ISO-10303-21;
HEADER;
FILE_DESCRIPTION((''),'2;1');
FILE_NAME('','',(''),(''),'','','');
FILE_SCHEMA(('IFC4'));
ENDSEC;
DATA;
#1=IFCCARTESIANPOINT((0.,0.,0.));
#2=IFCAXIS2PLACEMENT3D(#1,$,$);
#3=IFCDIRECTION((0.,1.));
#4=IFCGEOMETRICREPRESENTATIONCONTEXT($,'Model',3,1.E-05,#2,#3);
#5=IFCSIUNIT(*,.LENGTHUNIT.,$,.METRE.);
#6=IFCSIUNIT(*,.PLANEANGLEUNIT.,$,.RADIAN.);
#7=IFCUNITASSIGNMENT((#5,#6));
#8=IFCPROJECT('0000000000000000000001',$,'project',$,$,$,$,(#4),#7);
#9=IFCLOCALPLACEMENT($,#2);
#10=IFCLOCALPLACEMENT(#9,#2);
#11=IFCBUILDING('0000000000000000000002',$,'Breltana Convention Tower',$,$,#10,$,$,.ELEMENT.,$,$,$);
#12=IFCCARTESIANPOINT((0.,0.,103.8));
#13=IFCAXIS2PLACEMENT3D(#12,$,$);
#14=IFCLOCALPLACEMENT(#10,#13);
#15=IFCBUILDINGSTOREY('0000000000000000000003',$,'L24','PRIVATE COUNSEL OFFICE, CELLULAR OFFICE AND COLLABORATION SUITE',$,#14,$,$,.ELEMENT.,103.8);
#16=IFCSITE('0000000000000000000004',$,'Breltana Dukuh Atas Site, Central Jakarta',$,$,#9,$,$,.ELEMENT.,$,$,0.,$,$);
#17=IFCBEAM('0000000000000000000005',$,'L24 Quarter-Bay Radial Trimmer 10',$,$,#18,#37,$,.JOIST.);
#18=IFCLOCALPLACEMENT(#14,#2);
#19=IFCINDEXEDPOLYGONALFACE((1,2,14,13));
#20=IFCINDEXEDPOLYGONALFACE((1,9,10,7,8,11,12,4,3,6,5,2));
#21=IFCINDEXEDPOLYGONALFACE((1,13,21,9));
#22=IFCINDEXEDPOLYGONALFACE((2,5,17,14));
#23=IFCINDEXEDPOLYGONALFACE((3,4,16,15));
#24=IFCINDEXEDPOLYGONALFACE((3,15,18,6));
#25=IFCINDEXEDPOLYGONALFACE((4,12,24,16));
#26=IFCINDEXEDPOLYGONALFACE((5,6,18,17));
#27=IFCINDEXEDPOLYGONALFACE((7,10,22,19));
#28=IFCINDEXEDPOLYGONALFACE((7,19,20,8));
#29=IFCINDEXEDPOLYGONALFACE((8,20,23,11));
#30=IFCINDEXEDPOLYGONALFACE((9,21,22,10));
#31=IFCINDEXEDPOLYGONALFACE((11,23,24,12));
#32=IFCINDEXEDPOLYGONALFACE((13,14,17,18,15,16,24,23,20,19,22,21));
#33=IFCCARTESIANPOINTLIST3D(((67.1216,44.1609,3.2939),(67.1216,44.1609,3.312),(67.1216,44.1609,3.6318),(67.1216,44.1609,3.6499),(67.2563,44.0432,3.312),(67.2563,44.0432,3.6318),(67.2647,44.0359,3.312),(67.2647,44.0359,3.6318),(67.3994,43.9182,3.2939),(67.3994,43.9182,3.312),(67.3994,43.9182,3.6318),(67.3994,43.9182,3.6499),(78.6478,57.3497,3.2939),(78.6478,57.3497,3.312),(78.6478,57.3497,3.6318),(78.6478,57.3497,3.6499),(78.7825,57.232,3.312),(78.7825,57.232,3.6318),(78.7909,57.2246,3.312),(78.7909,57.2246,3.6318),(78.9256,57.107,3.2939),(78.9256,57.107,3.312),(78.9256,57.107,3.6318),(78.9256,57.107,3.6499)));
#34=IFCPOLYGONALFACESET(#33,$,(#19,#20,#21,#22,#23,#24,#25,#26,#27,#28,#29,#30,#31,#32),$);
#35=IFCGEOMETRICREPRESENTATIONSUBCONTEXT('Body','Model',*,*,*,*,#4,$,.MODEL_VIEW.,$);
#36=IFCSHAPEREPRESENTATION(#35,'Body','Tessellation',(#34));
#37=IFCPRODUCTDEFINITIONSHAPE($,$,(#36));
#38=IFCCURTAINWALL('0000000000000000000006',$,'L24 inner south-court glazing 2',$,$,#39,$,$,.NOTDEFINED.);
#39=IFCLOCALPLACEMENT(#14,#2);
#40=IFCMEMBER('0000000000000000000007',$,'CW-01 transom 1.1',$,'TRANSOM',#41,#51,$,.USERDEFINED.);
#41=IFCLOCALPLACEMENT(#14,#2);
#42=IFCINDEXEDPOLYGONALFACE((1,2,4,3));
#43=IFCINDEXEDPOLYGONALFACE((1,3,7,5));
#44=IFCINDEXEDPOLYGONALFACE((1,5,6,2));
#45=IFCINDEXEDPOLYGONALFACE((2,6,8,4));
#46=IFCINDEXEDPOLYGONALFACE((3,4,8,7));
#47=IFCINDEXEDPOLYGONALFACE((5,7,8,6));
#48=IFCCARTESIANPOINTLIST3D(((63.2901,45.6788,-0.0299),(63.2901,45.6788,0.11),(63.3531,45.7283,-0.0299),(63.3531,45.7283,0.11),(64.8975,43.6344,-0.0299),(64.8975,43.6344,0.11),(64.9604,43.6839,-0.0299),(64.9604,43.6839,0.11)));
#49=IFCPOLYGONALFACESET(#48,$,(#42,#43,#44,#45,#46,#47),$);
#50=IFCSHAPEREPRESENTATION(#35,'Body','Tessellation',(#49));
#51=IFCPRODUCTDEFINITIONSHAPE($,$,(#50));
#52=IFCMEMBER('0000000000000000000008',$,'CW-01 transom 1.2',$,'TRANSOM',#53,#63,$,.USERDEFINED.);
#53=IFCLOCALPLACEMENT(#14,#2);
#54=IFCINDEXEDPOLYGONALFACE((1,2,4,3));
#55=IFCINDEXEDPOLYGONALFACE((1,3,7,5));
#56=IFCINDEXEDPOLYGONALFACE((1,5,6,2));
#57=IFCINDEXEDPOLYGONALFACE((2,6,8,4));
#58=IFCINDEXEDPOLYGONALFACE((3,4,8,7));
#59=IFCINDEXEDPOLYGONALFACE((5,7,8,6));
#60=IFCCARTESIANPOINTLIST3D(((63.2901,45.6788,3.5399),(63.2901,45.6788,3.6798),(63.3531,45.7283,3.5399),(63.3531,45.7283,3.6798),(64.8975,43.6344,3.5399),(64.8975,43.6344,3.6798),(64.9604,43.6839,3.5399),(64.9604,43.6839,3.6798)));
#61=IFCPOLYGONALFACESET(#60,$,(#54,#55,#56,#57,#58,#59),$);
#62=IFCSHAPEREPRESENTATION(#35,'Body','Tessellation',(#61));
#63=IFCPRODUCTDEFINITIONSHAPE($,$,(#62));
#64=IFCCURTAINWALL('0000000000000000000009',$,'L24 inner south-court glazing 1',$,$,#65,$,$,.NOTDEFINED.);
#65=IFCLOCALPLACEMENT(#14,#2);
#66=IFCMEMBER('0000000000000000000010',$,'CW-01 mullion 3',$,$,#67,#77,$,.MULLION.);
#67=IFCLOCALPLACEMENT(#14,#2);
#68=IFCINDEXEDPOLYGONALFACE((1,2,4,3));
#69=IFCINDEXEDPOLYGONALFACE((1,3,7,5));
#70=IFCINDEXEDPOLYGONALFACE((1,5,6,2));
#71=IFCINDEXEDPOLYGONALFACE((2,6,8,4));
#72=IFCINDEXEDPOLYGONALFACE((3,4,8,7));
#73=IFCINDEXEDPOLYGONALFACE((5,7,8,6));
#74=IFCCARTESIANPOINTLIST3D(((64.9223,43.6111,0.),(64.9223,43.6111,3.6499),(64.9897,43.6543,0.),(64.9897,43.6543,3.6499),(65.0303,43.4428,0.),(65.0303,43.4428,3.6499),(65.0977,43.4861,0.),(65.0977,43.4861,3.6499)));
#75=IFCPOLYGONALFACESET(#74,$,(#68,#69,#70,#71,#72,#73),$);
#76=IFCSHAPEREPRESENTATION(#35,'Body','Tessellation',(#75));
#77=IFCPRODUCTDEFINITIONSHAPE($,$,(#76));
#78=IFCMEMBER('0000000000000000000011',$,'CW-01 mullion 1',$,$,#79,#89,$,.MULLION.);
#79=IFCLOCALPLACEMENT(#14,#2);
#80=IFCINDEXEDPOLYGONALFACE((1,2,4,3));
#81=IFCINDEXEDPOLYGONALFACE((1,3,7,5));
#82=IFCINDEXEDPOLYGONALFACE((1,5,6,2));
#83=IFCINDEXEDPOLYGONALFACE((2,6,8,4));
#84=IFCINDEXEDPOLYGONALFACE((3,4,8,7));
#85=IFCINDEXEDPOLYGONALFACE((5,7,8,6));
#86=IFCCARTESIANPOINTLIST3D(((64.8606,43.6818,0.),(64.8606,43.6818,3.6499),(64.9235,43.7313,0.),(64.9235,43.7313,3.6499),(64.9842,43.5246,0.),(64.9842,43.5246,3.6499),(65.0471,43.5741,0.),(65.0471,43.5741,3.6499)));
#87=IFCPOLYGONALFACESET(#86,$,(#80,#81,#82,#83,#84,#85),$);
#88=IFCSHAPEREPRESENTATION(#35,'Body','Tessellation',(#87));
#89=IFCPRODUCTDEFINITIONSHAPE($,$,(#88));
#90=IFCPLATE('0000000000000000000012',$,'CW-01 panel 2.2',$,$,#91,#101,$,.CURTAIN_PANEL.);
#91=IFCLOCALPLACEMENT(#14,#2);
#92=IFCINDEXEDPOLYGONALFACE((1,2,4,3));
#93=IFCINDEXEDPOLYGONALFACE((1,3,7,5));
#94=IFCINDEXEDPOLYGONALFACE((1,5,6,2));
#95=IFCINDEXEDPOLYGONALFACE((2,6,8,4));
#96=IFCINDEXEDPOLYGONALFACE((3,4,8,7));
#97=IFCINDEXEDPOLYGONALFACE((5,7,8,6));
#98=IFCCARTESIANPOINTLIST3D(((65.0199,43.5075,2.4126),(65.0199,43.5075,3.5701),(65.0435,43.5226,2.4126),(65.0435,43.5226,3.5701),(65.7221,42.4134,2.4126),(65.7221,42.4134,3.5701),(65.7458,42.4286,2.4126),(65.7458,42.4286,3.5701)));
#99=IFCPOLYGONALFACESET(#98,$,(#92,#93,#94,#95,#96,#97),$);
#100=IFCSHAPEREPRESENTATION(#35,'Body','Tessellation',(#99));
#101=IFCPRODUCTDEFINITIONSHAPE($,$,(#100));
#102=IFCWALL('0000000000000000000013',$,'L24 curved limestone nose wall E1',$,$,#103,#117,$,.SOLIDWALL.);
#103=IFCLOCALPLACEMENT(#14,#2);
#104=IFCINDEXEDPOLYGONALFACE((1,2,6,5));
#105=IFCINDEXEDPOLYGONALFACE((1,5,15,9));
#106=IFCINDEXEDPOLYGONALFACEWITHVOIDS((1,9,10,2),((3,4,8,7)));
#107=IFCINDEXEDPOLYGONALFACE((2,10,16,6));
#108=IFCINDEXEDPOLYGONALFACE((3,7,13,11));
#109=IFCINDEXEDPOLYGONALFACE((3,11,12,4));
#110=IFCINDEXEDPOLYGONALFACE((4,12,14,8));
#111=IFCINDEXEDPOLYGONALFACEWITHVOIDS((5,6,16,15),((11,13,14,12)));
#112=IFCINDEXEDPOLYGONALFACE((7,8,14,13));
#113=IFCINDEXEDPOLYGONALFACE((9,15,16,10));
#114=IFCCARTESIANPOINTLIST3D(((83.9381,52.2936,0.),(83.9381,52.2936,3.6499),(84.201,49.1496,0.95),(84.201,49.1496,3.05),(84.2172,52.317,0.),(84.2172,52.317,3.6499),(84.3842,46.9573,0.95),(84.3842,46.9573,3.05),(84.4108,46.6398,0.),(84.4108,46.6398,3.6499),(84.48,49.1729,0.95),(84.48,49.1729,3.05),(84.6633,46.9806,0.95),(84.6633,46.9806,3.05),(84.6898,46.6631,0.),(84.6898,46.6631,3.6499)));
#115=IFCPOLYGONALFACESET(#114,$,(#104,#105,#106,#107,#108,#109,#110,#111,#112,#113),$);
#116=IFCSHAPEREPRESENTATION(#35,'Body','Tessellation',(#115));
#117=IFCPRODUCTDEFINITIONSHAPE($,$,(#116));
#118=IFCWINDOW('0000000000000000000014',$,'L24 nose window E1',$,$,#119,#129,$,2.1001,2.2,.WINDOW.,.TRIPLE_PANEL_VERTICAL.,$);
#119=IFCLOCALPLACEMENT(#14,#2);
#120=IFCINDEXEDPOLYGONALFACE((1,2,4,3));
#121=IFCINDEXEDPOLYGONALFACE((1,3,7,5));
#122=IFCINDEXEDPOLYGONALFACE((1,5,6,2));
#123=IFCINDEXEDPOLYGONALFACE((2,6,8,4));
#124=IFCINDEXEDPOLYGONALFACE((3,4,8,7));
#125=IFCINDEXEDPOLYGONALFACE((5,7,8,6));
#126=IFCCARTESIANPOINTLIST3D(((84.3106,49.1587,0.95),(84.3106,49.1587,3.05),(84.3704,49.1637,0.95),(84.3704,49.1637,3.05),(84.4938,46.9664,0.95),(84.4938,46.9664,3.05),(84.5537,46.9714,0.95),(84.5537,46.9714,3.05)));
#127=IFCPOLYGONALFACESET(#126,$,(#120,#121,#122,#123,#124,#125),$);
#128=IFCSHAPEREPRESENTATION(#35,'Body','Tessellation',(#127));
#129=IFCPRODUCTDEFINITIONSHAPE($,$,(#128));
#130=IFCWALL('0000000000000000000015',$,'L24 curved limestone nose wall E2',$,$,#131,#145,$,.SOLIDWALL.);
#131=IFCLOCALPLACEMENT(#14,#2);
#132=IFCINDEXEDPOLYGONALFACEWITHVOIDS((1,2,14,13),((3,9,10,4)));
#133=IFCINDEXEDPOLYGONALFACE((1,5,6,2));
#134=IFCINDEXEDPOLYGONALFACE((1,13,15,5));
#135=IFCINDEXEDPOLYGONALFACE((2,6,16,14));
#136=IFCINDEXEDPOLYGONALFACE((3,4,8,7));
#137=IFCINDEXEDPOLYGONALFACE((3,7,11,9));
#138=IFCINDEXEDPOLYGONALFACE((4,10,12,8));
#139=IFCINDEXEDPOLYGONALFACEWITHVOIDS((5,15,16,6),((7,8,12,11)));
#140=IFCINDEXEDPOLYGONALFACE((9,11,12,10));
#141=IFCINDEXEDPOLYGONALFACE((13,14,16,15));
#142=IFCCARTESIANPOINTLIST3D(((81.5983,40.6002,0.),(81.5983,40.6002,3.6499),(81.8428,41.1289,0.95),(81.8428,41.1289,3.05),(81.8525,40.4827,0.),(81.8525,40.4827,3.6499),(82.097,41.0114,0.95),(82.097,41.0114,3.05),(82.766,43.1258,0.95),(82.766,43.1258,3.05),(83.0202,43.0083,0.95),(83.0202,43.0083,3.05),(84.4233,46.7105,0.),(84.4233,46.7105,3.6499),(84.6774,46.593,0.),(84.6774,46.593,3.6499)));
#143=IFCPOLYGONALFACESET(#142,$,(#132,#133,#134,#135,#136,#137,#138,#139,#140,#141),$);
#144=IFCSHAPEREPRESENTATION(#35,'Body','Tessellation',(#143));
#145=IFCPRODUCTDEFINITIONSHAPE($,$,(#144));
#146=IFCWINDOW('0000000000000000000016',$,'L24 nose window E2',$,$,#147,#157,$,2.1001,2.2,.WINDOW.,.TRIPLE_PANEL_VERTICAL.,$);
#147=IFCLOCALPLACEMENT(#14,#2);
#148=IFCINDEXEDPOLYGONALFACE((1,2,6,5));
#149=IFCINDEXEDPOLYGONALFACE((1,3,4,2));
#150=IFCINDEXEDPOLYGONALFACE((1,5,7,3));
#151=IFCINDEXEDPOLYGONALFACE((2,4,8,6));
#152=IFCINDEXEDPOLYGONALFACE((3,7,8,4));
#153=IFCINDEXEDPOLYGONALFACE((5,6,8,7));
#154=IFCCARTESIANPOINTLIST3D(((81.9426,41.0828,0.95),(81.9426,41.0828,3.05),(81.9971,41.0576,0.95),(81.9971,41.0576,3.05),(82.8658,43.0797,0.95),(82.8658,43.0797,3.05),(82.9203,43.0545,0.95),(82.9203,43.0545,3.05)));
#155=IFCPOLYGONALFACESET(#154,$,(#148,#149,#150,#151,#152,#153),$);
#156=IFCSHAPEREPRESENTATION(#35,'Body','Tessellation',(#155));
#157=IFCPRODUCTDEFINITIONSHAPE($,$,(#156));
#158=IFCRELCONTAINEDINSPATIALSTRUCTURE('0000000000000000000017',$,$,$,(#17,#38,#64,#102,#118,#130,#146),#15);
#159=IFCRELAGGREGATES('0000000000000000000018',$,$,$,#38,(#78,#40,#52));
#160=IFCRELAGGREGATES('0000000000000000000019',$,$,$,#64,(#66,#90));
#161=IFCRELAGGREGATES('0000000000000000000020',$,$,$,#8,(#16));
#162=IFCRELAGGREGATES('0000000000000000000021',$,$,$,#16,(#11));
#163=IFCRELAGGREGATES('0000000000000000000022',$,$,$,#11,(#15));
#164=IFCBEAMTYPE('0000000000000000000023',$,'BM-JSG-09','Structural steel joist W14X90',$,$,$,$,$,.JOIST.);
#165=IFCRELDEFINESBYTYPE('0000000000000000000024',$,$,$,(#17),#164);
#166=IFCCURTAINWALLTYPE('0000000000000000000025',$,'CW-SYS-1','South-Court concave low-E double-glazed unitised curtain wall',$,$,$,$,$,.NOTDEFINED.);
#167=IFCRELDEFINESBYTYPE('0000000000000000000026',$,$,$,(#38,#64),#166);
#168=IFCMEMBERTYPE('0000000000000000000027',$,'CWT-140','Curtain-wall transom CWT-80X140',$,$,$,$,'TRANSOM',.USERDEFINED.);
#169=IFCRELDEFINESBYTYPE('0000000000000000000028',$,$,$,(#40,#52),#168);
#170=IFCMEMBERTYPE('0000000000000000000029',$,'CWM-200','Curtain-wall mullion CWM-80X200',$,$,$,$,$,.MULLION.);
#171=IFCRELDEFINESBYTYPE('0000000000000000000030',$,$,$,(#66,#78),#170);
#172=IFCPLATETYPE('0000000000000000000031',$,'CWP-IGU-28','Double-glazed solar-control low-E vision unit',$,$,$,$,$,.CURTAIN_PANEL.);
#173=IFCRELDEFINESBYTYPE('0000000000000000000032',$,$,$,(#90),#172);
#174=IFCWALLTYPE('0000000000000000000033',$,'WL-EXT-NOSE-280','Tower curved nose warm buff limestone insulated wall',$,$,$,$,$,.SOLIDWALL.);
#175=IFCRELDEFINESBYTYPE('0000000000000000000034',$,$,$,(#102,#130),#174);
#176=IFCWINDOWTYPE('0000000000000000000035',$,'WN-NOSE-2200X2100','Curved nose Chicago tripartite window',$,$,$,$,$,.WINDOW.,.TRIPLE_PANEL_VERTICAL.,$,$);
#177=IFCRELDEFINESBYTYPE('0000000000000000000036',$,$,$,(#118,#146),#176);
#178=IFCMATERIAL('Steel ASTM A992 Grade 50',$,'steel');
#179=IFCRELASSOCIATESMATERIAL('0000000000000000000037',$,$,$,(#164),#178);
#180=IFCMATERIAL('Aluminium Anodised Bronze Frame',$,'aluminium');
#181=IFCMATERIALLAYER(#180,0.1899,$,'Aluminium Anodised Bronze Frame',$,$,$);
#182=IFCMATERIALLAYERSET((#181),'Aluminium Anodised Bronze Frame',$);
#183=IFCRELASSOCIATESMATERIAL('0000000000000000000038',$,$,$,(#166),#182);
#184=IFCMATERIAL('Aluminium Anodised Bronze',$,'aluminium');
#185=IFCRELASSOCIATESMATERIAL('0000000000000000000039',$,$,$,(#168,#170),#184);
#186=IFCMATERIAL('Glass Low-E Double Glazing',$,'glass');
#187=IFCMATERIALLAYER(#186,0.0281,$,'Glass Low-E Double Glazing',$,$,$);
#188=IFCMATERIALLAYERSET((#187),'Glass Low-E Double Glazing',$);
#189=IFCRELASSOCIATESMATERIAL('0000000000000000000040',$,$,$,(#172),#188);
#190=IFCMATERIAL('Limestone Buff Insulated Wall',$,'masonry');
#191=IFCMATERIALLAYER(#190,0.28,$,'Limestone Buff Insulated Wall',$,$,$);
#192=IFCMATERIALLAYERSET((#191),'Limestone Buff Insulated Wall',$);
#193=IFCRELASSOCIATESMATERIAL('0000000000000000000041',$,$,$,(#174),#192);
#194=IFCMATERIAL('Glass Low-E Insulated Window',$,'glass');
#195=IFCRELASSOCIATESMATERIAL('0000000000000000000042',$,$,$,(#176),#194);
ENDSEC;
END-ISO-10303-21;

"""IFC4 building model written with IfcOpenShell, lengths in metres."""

from ifc_helpers import new_model, si_unit, direction, frame, frame_2d, origin, origin_2d, place, context, subcontext, project, spatial, rectangle, i_section, extrude, source, transform, mapped, material, layer, layer_set, material_profile, profile_set, type_object, type_shapes, element, fill, aggregate, save


model = new_model("IFC4")

# Units and contexts
model_context = context("Model", 3, precision=1e-05, world=origin(), true_north=direction((0.0, 1.0)))
body_context = subcontext(model_context, "Body", "Model", "MODEL_VIEW")
ifc_project = project(units=[si_unit("LENGTHUNIT", "METRE"), si_unit("PLANEANGLEUNIT", "RADIAN")], contexts=[model_context])

# Site, building, storey
site_placement = place(None, origin())
site = spatial("IfcSite", under=ifc_project, at=site_placement, Name="Breltana Dukuh Atas Site, Central Jakarta", CompositionType="ELEMENT", RefElevation=0.0)
building_placement = place(site_placement, origin())
building = spatial("IfcBuilding", under=site, at=building_placement, Name="Breltana Convention Tower", CompositionType="ELEMENT")
storey_placement = place(building_placement, frame((0.0, 0.0, 103.8)))
storey = spatial("IfcBuildingStorey", under=building, at=storey_placement, Name="L24", Description="PRIVATE COUNSEL OFFICE, CELLULAR OFFICE AND COLLABORATION SUITE", CompositionType="ELEMENT", Elevation=103.8)

# Beam
ifc_material_1 = material(Name="Steel ASTM A992 Grade 50", Category="steel")
ifc_material_profile_1 = material_profile(ifc_material_1, i_section(OverallWidth=0.3689, OverallDepth=0.356, WebThickness=0.0112, FlangeThickness=0.0181, at=origin_2d()), Name="W14X90")
ifc_profile_set_1 = profile_set([ifc_material_profile_1], Name="Steel ASTM A992 Grade 50")
beam_type_1 = type_object("IfcBeamType", Name="BM-JSG-09", Description="Structural steel joist W14X90", PredefinedType="JOIST", material=ifc_profile_set_1)
shared_shape_1 = source(origin(), body_context, "Body", "SweptSolid", [
    extrude(i_section(OverallWidth=0.3689, OverallDepth=0.356, WebThickness=0.0112, FlangeThickness=0.0181, at=origin_2d()), origin(), (0.0, 0.0, 1.0), 17.5156),
])
beam_1_placement = place(storey_placement, frame((67.2605, 44.0396, 3.4719), z_axis=(0.658052, 0.752973, 0.0), x_axis=(-0.752973, 0.658052, 0.0)))
element("IfcBeam", 1, at=beam_1_placement, inside=storey, type_object=beam_type_1, Name="L24 Quarter-Bay Radial Trimmer 10", PredefinedType="JOIST", context=body_context, shape_type="MappedRepresentation", body=[
    mapped(shared_shape_1, transform((0.0, 0.0, 0.0), scale=1.0)),
])

# Curtain wall, members
ifc_material_2 = material(Name="Aluminium Anodised Bronze Frame", Category="aluminium")
ifc_layer_1 = layer(ifc_material_2, 0.1899, Name="Aluminium Anodised Bronze Frame")
ifc_layer_set_1 = layer_set([ifc_layer_1], Name="Aluminium Anodised Bronze Frame")
curtain_wall_type = type_object("IfcCurtainWallType", Name="CW-SYS-1", Description="South-Court concave low-E double-glazed unitised curtain wall", PredefinedType="NOTDEFINED", material=ifc_layer_set_1)
curtain_wall_1_placement = place(storey_placement, origin())
curtain_wall_1 = element("IfcCurtainWall", 2, at=curtain_wall_1_placement, inside=storey, type_object=curtain_wall_type, Name="L24 inner south-court glazing 2", PredefinedType="NOTDEFINED")
ifc_material_3 = material(Name="Aluminium Anodised Bronze", Category="aluminium")
ifc_material_profile_2 = material_profile(ifc_material_3, rectangle(XDim=0.0801, YDim=0.1399, at=origin_2d()), Name="CWT-80X140")
ifc_profile_set_2 = profile_set([ifc_material_profile_2], Name="Aluminium Anodised Bronze")
member_type_1 = type_object("IfcMemberType", Name="CWT-140", Description="Curtain-wall transom CWT-80X140", ElementType="TRANSOM", PredefinedType="USERDEFINED", material=ifc_profile_set_2)
shared_shape_2 = source(origin(), body_context, "Body", "SweptSolid", [
    extrude(rectangle(XDim=0.0801, YDim=0.1399, at=origin_2d()), origin(), (0.0, 0.0, 1.0), 2.6006),
])
member_1_placement = place(storey_placement, frame((64.929, 43.6592, 0.04), z_axis=(-0.618079, 0.786116, 0.0), x_axis=(-0.786116, -0.618079, 0.0)))
member_1 = element("IfcMember", 3, at=member_1_placement, type_object=member_type_1, Name="CW-01 transom 1.1", ObjectType="TRANSOM", PredefinedType="USERDEFINED", context=body_context, shape_type="MappedRepresentation", body=[
    mapped(shared_shape_2, transform((0.0, 0.0, 0.0), scale=1.0)),
])
member_2_placement = place(storey_placement, frame((64.929, 43.6592, 3.6099), z_axis=(-0.618079, 0.786116, 0.0), x_axis=(-0.786116, -0.618079, 0.0)))
member_2 = element("IfcMember", 4, at=member_2_placement, type_object=member_type_1, Name="CW-01 transom 1.2", ObjectType="TRANSOM", PredefinedType="USERDEFINED", context=body_context, shape_type="MappedRepresentation", body=[
    mapped(shared_shape_2, transform((0.0, 0.0, 0.0), scale=1.0)),
])

# Curtain wall, member
curtain_wall_2_placement = place(storey_placement, origin())
curtain_wall_2 = element("IfcCurtainWall", 5, at=curtain_wall_2_placement, inside=storey, type_object=curtain_wall_type, Name="L24 inner south-court glazing 1", PredefinedType="NOTDEFINED")
ifc_material_profile_3 = material_profile(ifc_material_3, rectangle(XDim=0.0801, YDim=0.2, at=origin_2d()), Name="CWM-80X200")
ifc_profile_set_3 = profile_set([ifc_material_profile_3], Name="Aluminium Anodised Bronze")
member_type_2 = type_object("IfcMemberType", Name="CWM-200", Description="Curtain-wall mullion CWM-80X200", PredefinedType="MULLION", material=ifc_profile_set_3)
shared_shape_3 = source(origin(), body_context, "Body", "SweptSolid", [
    extrude(rectangle(XDim=0.0801, YDim=0.2, at=origin_2d()), origin(), (0.0, 0.0, 1.0), 3.6499),
])
member_3_placement = place(storey_placement, frame((65.01, 43.5486, 0.0), z_axis=(0.0, 0.0, 1.0), x_axis=(-0.841551, -0.540177, 0.0)))
member_3 = element("IfcMember", 6, at=member_3_placement, type_object=member_type_2, Name="CW-01 mullion 3", PredefinedType="MULLION", context=body_context, shape_type="MappedRepresentation", body=[
    mapped(shared_shape_3, transform((0.0, 0.0, 0.0), scale=1.0)),
])

# Member
member_4_placement = place(storey_placement, frame((64.9539, 43.6279, 0.0), z_axis=(0.0, 0.0, 1.0), x_axis=(-0.786054, -0.618157, 0.0)))
member_4 = element("IfcMember", 7, at=member_4_placement, type_object=member_type_2, Name="CW-01 mullion 1", PredefinedType="MULLION", context=body_context, shape_type="MappedRepresentation", body=[
    mapped(shared_shape_3, transform((0.0, 0.0, 0.0), scale=1.0)),
])
aggregate(curtain_wall_1, [member_4, member_1, member_2])

# Plate
ifc_material_4 = material(Name="Glass Low-E Double Glazing", Category="glass")
ifc_layer_2 = layer(ifc_material_4, 0.0281, Name="Glass Low-E Double Glazing")
ifc_layer_set_2 = layer_set([ifc_layer_2], Name="Glass Low-E Double Glazing")
plate_type = type_object("IfcPlateType", Name="CWP-IGU-28", Description="Double-glazed solar-control low-E vision unit", PredefinedType="CURTAIN_PANEL", material=ifc_layer_set_2)
shared_shape_4 = source(origin(), body_context, "Body", "SweptSolid", [
    extrude(rectangle(XDim=1.3, YDim=0.0281, at=origin_2d()), origin(), (0.0, 0.0, 1.0), 1.1575),
])
plate_placement = place(storey_placement, frame((65.3828, 42.968, 2.4126), z_axis=(0.0, 0.0, 1.0), x_axis=(-0.540177, 0.841551, 0.0)))
plate = element("IfcPlate", 8, at=plate_placement, type_object=plate_type, Name="CW-01 panel 2.2", PredefinedType="CURTAIN_PANEL", context=body_context, shape_type="MappedRepresentation", body=[
    mapped(shared_shape_4, transform((0.0, 0.0, 0.0), scale=1.0)),
])
aggregate(curtain_wall_2, [member_3, plate])

# Walls, openings, windows
ifc_material_5 = material(Name="Limestone Buff Insulated Wall", Category="masonry")
ifc_layer_3 = layer(ifc_material_5, 0.28, Name="Limestone Buff Insulated Wall")
ifc_layer_set_3 = layer_set([ifc_layer_3], Name="Limestone Buff Insulated Wall")
wall_type_1 = type_object("IfcWallType", Name="WL-EXT-NOSE-280", Description="Tower curved nose warm buff limestone insulated wall", PredefinedType="SOLIDWALL", material=ifc_layer_set_3)
shared_shape_5 = source(origin(), body_context, "Body", "SweptSolid", [
    extrude(rectangle(XDim=5.6736, YDim=0.28, at=frame_2d((2.8369, 0.0))), origin(), (0.0, 0.0, 1.0), 3.6499),
])
wall_1_placement = place(storey_placement, frame((84.0776, 52.3054, 0.0), z_axis=(0.0, 0.0, 1.0), x_axis=(0.083309, -0.996524, 0.0)))
wall_1 = element("IfcWall", 9, at=wall_1_placement, inside=storey, type_object=wall_type_1, Name="L24 curved limestone nose wall E1", PredefinedType="SOLIDWALL", context=body_context, shape_type="MappedRepresentation", body=[
    mapped(shared_shape_5, transform((0.0, 0.0, 0.0), scale=1.0)),
])
opening_1_placement = place(wall_1_placement, frame((3.155, 0.0, 0.95)))
opening_1 = element("IfcOpeningElement", 10, at=opening_1_placement, cuts=wall_1, PredefinedType="OPENING", context=body_context, shape_type="SweptSolid", body=[
    extrude(rectangle(XDim=2.2, YDim=2.1001, at=frame_2d((1.1001, 1.05))), frame((0.0, 0.1499, 0.0), z_axis=(0.0, -1.0, 0.0), x_axis=(1.0, 0.0, 0.0)), (0.0, 0.0, 1.0), 0.3),
])
ifc_material_6 = material(Name="Glass Low-E Insulated Window", Category="glass")
window_type = type_object("IfcWindowType", Name="WN-NOSE-2200X2100", Description="Curved nose Chicago tripartite window", PartitioningType="TRIPLE_PANEL_VERTICAL", PredefinedType="WINDOW", material=ifc_material_6)
shared_shape_6 = source(origin(), body_context, "Body", "SweptSolid", [
    extrude(rectangle(XDim=2.2, YDim=2.1001, at=frame_2d((1.1001, 1.05))), frame((0.0, 0.03, 0.0), z_axis=(0.0, -1.0, 0.0), x_axis=(1.0, 0.0, 0.0)), (0.0, 0.0, 1.0), 0.0601),
])
type_shapes(window_type, [shared_shape_6])
window_1_placement = place(opening_1_placement, origin())
window_1 = element("IfcWindow", 11, at=window_1_placement, inside=storey, type_object=window_type, Name="L24 nose window E1", OverallHeight=2.1001, OverallWidth=2.2, PartitioningType="TRIPLE_PANEL_VERTICAL", PredefinedType="WINDOW", context=body_context, shape_type="MappedRepresentation", body=[
    mapped(shared_shape_6, transform((0.0, 0.0, 0.0), scale=1.0)),
])
fill(opening_1, window_1)
shared_shape_7 = source(origin(), body_context, "Body", "SweptSolid", [
    extrude(rectangle(XDim=6.7317, YDim=0.28, at=frame_2d((3.3657, 0.0))), origin(), (0.0, 0.0, 1.0), 3.6499),
])
wall_2_placement = place(storey_placement, frame((84.5503, 46.6516, 0.0), z_axis=(0.0, 0.0, 1.0), x_axis=(-0.419645, -0.907689, 0.0)))
wall_2 = element("IfcWall", 12, at=wall_2_placement, inside=storey, type_object=wall_type_1, Name="L24 curved limestone nose wall E2", PredefinedType="SOLIDWALL", context=body_context, shape_type="MappedRepresentation", body=[
    mapped(shared_shape_7, transform((0.0, 0.0, 0.0), scale=1.0)),
])
opening_2_placement = place(wall_2_placement, frame((3.949, 0.0, 0.95)))
opening_2 = element("IfcOpeningElement", 13, at=opening_2_placement, cuts=wall_2, PredefinedType="OPENING", context=body_context, shape_type="SweptSolid", body=[
    extrude(rectangle(XDim=2.2, YDim=2.1001, at=frame_2d((1.1001, 1.05))), frame((0.0, 0.1499, 0.0), z_axis=(0.0, -1.0, 0.0), x_axis=(1.0, 0.0, 0.0)), (0.0, 0.0, 1.0), 0.3),
])
window_2_placement = place(opening_2_placement, origin())
window_2 = element("IfcWindow", 14, at=window_2_placement, inside=storey, type_object=window_type, Name="L24 nose window E2", OverallHeight=2.1001, OverallWidth=2.2, PartitioningType="TRIPLE_PANEL_VERTICAL", PredefinedType="WINDOW", context=body_context, shape_type="MappedRepresentation", body=[
    mapped(shared_shape_6, transform((0.0, 0.0, 0.0), scale=1.0)),
])
fill(opening_2, window_2)

save(model, "model.ifc")
